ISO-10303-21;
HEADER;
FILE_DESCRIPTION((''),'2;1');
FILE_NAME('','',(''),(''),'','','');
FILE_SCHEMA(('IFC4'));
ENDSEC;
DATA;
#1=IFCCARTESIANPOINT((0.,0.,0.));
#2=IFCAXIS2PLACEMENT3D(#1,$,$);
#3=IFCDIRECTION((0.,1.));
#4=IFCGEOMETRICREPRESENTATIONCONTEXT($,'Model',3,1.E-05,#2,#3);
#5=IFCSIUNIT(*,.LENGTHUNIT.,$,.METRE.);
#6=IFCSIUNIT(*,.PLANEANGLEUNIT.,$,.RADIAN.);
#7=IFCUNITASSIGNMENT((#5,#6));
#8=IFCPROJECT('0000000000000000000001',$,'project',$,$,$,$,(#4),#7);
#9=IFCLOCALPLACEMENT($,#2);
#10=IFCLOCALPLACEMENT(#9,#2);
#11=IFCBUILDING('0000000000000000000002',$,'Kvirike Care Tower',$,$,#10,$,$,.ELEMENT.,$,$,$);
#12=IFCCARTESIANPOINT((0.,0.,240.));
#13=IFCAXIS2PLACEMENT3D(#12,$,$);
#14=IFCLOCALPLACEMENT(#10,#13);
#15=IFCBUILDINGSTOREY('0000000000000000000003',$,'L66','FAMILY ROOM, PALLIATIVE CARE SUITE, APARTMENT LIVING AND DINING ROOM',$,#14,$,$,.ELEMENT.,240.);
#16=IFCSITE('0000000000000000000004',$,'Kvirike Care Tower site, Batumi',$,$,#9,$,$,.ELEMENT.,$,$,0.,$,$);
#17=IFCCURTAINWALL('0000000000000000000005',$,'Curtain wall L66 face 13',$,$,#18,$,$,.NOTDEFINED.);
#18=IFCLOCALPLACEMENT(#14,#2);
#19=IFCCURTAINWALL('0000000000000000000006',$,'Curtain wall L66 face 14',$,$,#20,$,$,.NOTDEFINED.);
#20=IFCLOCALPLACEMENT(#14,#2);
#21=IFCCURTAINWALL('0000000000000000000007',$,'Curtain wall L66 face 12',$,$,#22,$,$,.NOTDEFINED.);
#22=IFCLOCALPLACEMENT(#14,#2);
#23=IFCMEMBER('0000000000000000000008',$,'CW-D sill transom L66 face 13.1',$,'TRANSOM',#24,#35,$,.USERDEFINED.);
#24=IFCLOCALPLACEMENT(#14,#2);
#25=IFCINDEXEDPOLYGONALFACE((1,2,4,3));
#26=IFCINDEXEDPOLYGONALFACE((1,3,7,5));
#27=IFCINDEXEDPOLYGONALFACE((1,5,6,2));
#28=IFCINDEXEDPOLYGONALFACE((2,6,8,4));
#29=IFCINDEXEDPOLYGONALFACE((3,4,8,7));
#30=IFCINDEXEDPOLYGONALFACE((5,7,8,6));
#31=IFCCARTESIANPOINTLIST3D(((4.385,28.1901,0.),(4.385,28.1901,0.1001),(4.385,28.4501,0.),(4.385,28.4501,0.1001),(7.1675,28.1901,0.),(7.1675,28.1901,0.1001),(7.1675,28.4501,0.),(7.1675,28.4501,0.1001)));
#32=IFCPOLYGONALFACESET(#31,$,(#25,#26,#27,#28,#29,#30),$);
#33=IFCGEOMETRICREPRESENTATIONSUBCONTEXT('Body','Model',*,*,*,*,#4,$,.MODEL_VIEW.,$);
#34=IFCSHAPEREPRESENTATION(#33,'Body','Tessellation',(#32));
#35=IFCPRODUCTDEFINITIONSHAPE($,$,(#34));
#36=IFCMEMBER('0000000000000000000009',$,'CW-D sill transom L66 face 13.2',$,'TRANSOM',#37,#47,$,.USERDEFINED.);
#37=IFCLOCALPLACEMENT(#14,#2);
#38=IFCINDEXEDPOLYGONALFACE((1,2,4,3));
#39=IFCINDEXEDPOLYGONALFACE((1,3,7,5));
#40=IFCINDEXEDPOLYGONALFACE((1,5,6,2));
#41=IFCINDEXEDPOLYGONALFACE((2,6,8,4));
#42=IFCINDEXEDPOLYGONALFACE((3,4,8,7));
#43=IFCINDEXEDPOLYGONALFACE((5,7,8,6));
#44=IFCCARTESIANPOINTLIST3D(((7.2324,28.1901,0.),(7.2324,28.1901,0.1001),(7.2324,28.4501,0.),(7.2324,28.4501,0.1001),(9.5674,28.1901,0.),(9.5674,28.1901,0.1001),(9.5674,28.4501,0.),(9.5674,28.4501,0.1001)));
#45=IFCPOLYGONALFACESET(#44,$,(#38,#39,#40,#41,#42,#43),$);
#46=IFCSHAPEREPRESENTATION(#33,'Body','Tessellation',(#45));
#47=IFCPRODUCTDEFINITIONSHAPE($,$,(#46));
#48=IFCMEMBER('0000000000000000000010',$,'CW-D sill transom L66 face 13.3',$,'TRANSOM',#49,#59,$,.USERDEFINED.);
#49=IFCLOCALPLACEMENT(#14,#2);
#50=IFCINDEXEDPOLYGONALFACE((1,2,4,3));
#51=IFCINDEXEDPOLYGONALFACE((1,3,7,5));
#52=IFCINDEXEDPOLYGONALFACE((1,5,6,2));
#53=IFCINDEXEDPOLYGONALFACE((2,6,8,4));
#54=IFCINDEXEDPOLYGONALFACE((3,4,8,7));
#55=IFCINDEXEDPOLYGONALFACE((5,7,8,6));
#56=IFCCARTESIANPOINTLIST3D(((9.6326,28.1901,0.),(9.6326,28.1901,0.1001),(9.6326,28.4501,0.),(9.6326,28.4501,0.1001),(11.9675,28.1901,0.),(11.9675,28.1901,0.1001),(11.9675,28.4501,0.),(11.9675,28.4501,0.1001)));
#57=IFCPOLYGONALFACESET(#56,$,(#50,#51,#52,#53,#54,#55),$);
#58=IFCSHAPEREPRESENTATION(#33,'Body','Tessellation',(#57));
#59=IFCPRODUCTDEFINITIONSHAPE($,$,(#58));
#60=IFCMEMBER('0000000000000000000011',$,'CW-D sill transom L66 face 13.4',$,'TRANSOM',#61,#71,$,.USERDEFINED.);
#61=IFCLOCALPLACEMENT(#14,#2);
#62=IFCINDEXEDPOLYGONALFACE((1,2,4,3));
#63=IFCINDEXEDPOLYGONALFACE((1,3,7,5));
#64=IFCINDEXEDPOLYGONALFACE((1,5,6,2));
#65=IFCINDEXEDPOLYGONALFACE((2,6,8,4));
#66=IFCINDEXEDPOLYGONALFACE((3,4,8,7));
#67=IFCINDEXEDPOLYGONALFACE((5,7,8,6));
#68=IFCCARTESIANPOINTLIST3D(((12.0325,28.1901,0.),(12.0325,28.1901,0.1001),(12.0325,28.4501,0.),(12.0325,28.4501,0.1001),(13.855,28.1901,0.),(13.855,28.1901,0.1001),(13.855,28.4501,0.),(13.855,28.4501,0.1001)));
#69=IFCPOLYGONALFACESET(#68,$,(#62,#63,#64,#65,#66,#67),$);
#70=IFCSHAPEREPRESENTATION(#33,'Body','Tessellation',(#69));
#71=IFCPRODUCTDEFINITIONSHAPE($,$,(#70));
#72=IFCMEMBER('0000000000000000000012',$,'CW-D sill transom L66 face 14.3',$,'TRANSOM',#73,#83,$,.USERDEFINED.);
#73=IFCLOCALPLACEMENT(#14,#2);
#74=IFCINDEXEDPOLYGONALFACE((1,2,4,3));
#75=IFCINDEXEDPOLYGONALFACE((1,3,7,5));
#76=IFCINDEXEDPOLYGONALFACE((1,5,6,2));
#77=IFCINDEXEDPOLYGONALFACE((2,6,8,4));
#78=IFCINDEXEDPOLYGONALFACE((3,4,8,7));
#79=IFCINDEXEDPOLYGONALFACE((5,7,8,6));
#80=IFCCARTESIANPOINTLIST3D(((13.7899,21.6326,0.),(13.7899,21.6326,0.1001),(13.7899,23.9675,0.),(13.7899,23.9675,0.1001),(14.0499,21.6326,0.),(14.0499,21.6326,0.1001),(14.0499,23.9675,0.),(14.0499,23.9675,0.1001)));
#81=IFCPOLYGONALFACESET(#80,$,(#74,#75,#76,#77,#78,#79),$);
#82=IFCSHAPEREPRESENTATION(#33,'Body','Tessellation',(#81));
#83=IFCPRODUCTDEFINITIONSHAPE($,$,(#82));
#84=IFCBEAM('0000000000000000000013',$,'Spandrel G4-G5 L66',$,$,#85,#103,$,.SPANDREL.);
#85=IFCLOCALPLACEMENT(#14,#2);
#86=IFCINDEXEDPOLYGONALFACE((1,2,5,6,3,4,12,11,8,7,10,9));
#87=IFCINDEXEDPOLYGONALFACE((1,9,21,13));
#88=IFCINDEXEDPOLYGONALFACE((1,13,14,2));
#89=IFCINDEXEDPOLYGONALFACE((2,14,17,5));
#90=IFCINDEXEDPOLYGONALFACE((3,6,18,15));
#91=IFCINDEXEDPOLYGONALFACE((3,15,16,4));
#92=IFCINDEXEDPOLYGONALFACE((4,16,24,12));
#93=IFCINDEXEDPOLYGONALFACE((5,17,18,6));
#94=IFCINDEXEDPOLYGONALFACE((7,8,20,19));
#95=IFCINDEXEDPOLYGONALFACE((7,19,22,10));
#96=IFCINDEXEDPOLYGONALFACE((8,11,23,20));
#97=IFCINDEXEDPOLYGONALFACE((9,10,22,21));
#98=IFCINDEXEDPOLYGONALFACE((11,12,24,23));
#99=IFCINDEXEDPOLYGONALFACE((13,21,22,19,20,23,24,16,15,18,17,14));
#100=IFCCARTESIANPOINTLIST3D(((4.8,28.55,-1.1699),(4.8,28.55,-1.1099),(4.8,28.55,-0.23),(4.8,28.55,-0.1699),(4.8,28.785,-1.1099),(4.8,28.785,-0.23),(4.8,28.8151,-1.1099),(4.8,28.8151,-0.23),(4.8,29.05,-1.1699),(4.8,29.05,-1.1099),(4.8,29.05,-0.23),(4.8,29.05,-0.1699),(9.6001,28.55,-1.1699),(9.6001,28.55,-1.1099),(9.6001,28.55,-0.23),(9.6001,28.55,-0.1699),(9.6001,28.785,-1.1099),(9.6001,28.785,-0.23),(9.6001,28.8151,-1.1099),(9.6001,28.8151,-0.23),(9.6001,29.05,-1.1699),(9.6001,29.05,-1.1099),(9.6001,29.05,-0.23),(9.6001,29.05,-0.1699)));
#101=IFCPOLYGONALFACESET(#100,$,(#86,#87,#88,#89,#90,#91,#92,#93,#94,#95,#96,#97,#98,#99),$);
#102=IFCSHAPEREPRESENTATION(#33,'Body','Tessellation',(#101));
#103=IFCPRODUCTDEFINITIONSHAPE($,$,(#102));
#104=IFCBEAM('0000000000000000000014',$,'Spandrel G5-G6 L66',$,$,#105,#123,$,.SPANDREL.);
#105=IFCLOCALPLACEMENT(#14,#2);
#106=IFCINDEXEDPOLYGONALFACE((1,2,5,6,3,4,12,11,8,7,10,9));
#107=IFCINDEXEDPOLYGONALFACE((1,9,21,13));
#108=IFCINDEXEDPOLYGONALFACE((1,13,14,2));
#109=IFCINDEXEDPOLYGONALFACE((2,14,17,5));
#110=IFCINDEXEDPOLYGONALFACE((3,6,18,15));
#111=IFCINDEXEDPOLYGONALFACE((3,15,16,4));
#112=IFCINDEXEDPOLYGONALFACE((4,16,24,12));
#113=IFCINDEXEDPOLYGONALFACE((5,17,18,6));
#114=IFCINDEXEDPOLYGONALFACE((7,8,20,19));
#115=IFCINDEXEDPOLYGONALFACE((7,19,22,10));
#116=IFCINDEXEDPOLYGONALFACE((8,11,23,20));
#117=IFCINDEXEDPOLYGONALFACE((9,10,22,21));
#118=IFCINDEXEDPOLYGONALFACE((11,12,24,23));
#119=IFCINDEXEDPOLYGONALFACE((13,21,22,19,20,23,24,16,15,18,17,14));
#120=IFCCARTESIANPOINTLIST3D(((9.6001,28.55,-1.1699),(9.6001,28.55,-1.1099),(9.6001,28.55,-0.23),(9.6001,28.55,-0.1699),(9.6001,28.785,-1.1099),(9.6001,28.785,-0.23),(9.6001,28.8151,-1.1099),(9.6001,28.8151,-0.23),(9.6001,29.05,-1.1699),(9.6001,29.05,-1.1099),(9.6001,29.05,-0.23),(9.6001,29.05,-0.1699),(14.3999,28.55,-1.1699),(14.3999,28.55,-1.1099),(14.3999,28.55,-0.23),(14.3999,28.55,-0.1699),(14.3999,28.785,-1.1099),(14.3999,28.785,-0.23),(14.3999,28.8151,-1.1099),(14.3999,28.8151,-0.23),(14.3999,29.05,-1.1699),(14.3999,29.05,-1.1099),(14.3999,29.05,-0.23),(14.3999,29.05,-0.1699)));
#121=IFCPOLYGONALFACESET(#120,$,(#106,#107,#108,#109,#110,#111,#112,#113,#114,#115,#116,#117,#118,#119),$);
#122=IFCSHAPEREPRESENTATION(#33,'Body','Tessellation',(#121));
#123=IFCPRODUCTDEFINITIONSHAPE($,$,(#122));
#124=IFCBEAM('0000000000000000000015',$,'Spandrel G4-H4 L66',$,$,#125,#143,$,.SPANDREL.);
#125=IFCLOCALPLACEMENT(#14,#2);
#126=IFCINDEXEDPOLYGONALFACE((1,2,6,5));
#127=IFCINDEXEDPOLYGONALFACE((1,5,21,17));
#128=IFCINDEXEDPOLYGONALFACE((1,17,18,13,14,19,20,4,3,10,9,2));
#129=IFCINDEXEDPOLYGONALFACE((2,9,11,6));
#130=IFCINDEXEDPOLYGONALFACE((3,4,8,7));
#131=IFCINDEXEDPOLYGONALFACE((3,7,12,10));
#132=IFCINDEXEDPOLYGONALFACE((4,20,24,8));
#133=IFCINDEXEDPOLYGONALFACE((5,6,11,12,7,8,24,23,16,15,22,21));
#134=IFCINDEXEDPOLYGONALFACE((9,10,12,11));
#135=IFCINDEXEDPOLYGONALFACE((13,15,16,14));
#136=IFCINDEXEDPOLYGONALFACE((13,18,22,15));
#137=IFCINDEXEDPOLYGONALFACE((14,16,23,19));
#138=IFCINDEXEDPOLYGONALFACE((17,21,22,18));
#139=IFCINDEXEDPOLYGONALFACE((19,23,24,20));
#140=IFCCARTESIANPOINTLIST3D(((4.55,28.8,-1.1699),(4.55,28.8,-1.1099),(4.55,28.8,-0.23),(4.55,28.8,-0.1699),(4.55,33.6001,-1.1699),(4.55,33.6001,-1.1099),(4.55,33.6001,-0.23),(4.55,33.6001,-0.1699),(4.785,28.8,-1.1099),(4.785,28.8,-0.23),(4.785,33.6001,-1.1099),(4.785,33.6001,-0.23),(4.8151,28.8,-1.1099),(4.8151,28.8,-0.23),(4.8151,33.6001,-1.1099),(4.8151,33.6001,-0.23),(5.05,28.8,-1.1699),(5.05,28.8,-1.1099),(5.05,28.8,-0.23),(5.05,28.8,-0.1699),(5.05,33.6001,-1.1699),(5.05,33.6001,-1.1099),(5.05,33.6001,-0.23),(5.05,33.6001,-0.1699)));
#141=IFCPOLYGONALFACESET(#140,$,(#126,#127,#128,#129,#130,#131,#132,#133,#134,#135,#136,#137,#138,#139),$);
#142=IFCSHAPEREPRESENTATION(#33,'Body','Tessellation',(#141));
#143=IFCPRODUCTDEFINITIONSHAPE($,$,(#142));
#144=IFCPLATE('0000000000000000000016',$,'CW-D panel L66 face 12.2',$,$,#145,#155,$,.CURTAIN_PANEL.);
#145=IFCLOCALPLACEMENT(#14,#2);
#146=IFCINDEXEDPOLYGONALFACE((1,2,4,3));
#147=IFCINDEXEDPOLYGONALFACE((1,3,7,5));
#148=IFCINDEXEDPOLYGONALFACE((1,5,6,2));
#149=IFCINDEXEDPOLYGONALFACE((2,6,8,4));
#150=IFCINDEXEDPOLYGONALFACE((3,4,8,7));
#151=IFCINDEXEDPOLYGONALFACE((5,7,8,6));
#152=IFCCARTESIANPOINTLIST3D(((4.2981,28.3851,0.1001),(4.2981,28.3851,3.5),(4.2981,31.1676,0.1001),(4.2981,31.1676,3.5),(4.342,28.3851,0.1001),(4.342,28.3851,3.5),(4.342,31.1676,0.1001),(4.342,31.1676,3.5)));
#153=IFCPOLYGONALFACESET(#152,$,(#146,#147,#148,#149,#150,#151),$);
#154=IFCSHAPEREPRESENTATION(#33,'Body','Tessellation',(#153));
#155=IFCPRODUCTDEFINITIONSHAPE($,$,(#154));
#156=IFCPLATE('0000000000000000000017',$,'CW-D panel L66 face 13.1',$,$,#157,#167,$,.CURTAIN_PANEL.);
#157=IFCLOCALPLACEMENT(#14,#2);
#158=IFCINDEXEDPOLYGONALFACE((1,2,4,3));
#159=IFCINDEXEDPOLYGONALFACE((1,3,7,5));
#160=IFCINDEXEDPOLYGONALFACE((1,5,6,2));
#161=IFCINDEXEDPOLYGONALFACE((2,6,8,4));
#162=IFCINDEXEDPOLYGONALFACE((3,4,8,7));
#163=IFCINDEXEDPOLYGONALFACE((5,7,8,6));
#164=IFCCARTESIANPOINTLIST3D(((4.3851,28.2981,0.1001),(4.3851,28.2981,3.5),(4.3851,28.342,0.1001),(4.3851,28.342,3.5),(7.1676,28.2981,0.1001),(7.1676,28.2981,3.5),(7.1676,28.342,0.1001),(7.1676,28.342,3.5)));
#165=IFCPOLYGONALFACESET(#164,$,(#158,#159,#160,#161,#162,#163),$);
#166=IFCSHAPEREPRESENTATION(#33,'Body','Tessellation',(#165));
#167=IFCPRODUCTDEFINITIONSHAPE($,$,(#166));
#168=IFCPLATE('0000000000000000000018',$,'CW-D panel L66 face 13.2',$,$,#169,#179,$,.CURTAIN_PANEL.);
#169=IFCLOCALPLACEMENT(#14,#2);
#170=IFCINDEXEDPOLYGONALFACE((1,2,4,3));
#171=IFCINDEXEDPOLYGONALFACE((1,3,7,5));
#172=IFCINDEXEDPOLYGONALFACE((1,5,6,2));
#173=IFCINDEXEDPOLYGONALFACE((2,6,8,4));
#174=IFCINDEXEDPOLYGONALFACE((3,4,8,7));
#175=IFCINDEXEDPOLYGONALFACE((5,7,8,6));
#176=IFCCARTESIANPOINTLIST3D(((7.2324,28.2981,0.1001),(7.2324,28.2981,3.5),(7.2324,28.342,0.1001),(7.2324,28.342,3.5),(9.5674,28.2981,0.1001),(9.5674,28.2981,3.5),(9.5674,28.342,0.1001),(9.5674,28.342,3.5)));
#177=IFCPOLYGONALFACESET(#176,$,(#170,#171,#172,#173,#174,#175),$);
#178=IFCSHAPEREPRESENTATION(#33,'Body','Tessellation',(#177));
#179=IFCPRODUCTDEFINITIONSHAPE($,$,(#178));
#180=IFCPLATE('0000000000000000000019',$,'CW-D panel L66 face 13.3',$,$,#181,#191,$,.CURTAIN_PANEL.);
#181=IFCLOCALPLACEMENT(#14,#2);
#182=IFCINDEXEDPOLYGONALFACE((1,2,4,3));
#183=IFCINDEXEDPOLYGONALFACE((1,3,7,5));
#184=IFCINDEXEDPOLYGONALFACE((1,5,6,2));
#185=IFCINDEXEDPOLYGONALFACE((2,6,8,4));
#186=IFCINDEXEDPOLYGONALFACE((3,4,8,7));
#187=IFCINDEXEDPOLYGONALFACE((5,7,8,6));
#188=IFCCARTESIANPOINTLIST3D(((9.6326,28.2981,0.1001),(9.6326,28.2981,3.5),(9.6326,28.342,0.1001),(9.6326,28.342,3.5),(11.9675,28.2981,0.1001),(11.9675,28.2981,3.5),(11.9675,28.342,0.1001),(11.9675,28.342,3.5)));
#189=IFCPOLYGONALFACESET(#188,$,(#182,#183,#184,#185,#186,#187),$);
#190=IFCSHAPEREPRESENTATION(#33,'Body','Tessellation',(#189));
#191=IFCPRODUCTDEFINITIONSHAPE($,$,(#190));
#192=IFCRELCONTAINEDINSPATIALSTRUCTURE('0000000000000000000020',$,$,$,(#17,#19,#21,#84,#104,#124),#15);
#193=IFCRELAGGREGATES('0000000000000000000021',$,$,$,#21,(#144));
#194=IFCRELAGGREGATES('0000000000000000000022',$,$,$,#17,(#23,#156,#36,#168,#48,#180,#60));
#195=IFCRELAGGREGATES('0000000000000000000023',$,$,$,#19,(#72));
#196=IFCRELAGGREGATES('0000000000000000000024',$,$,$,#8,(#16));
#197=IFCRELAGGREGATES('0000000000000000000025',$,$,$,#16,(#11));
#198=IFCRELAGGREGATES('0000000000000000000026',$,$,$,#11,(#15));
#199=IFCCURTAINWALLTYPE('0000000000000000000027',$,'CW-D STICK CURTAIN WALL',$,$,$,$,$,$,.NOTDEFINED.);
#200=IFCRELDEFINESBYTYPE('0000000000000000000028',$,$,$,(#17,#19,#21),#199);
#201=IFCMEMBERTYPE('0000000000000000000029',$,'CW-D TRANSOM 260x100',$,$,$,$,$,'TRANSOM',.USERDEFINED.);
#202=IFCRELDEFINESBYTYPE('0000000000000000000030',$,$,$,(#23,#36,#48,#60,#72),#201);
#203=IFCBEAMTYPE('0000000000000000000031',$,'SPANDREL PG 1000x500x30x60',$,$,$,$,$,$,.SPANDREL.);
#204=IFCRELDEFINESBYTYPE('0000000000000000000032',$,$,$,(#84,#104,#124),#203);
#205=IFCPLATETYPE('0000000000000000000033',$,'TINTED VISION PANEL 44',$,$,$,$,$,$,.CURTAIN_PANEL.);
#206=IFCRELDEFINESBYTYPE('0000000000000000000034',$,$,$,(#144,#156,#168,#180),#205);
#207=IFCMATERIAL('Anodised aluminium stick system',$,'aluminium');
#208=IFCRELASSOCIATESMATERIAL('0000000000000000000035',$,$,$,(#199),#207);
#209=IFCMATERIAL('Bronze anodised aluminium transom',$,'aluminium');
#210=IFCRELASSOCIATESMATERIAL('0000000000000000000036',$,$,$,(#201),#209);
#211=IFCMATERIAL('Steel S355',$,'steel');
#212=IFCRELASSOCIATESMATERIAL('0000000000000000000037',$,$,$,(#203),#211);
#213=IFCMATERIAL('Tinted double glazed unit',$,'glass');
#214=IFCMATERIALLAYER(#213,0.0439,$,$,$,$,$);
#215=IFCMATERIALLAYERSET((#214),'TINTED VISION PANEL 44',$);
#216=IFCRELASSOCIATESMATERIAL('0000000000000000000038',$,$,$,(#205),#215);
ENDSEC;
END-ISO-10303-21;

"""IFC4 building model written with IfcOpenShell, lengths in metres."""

from ifc_helpers import new_model, si_unit, direction, frame, origin, origin_2d, place, context, subcontext, project, spatial, rectangle, i_section, extrude, material, layer, layer_set, material_profile, profile_set, type_object, element, aggregate, save


model = new_model("IFC4")

# Units and contexts
model_context = context("Model", 3, precision=1e-05, world=origin(), true_north=direction((0.0, 1.0)))
body_context = subcontext(model_context, "Body", "Model", "MODEL_VIEW")
ifc_project = project(units=[si_unit("LENGTHUNIT", "METRE"), si_unit("PLANEANGLEUNIT", "RADIAN")], contexts=[model_context])

# Site, building, storey
site_placement = place(None, origin())
site = spatial("IfcSite", under=ifc_project, at=site_placement, Name="Kvirike Care Tower site, Batumi", CompositionType="ELEMENT", RefElevation=0.0)
building_placement = place(site_placement, origin())
building = spatial("IfcBuilding", under=site, at=building_placement, Name="Kvirike Care Tower", CompositionType="ELEMENT")
storey_placement = place(building_placement, frame((0.0, 0.0, 240.0)))
storey = spatial("IfcBuildingStorey", under=building, at=storey_placement, Name="L66", Description="FAMILY ROOM, PALLIATIVE CARE SUITE, APARTMENT LIVING AND DINING ROOM", CompositionType="ELEMENT", Elevation=240.0)

# Curtain walls
ifc_material_1 = material(Name="Anodised aluminium stick system", Category="aluminium")
curtain_wall_type = type_object("IfcCurtainWallType", Name="CW-D STICK CURTAIN WALL", PredefinedType="NOTDEFINED", material=ifc_material_1)
curtain_wall_1_placement = place(storey_placement, origin())
curtain_wall_1 = element("IfcCurtainWall", 1, at=curtain_wall_1_placement, inside=storey, type_object=curtain_wall_type, Name="Curtain wall L66 face 13", PredefinedType="NOTDEFINED")
curtain_wall_2_placement = place(storey_placement, origin())
curtain_wall_2 = element("IfcCurtainWall", 2, at=curtain_wall_2_placement, inside=storey, type_object=curtain_wall_type, Name="Curtain wall L66 face 14", PredefinedType="NOTDEFINED")
curtain_wall_3_placement = place(storey_placement, origin())
curtain_wall_3 = element("IfcCurtainWall", 3, at=curtain_wall_3_placement, inside=storey, type_object=curtain_wall_type, Name="Curtain wall L66 face 12", PredefinedType="NOTDEFINED")

# Members
ifc_material_2 = material(Name="Bronze anodised aluminium transom", Category="aluminium")
ifc_material_profile_1 = material_profile(ifc_material_2, rectangle(XDim=0.26, YDim=0.1001, at=origin_2d()), Name="CW-D TRANSOM 260x100")
ifc_profile_set_1 = profile_set([ifc_material_profile_1], Name="Bronze anodised aluminium transom")
member_type_1 = type_object("IfcMemberType", Name="CW-D TRANSOM 260x100", ElementType="TRANSOM", PredefinedType="USERDEFINED", material=ifc_profile_set_1)
member_1_placement = place(storey_placement, frame((4.385, 28.3201, 0.05), z_axis=(1.0, 0.0, 0.0), x_axis=(0.0, 1.0, 0.0)))
member_1 = element("IfcMember", 4, at=member_1_placement, type_object=member_type_1, Name="CW-D sill transom L66 face 13.1", ObjectType="TRANSOM", PredefinedType="USERDEFINED", context=body_context, shape_type="SweptSolid", body=[
    extrude(rectangle(XDim=0.26, YDim=0.1001, at=origin_2d()), origin(), (0.0, 0.0, 1.0), 2.7825),
])
member_2_placement = place(storey_placement, frame((7.2324, 28.3201, 0.05), z_axis=(1.0, 0.0, 0.0), x_axis=(0.0, 1.0, 0.0)))
member_2 = element("IfcMember", 5, at=member_2_placement, type_object=member_type_1, Name="CW-D sill transom L66 face 13.2", ObjectType="TRANSOM", PredefinedType="USERDEFINED", context=body_context, shape_type="SweptSolid", body=[
    extrude(rectangle(XDim=0.26, YDim=0.1001, at=origin_2d()), origin(), (0.0, 0.0, 1.0), 2.335),
])
member_3_placement = place(storey_placement, frame((9.6326, 28.3201, 0.05), z_axis=(1.0, 0.0, 0.0), x_axis=(0.0, 1.0, 0.0)))
member_3 = element("IfcMember", 6, at=member_3_placement, type_object=member_type_1, Name="CW-D sill transom L66 face 13.3", ObjectType="TRANSOM", PredefinedType="USERDEFINED", context=body_context, shape_type="SweptSolid", body=[
    extrude(rectangle(XDim=0.26, YDim=0.1001, at=origin_2d()), origin(), (0.0, 0.0, 1.0), 2.335),
])
member_4_placement = place(storey_placement, frame((12.0325, 28.3201, 0.05), z_axis=(1.0, 0.0, 0.0), x_axis=(0.0, 1.0, 0.0)))
member_4 = element("IfcMember", 7, at=member_4_placement, type_object=member_type_1, Name="CW-D sill transom L66 face 13.4", ObjectType="TRANSOM", PredefinedType="USERDEFINED", context=body_context, shape_type="SweptSolid", body=[
    extrude(rectangle(XDim=0.26, YDim=0.1001, at=origin_2d()), origin(), (0.0, 0.0, 1.0), 1.8225),
])
member_5_placement = place(storey_placement, frame((13.9199, 23.9675, 0.05), z_axis=(0.0, -1.0, 0.0), x_axis=(1.0, 0.0, 0.0)))
member_5 = element("IfcMember", 8, at=member_5_placement, type_object=member_type_1, Name="CW-D sill transom L66 face 14.3", ObjectType="TRANSOM", PredefinedType="USERDEFINED", context=body_context, shape_type="SweptSolid", body=[
    extrude(rectangle(XDim=0.26, YDim=0.1001, at=origin_2d()), origin(), (0.0, 0.0, 1.0), 2.335),
])

# Beams
ifc_material_3 = material(Name="Steel S355", Category="steel")
ifc_material_profile_2 = material_profile(ifc_material_3, i_section(OverallWidth=0.5, OverallDepth=1.0, WebThickness=0.03, FlangeThickness=0.0601, at=origin_2d()), Name="PG 1000x500x30x60")
ifc_profile_set_2 = profile_set([ifc_material_profile_2], Name="Steel S355")
beam_type = type_object("IfcBeamType", Name="SPANDREL PG 1000x500x30x60", PredefinedType="SPANDREL", material=ifc_profile_set_2)
beam_1_placement = place(storey_placement, frame((4.8, 28.8, -0.6699), z_axis=(1.0, 0.0, 0.0), x_axis=(0.0, 1.0, 0.0)))
element("IfcBeam", 9, at=beam_1_placement, inside=storey, type_object=beam_type, Name="Spandrel G4-G5 L66", PredefinedType="SPANDREL", context=body_context, shape_type="SweptSolid", body=[
    extrude(i_section(OverallWidth=0.5, OverallDepth=1.0, WebThickness=0.03, FlangeThickness=0.0601, at=origin_2d()), origin(), (0.0, 0.0, 1.0), 4.8),
])
beam_2_placement = place(storey_placement, frame((9.6001, 28.8, -0.6699), z_axis=(1.0, 0.0, 0.0), x_axis=(0.0, 1.0, 0.0)))
element("IfcBeam", 10, at=beam_2_placement, inside=storey, type_object=beam_type, Name="Spandrel G5-G6 L66", PredefinedType="SPANDREL", context=body_context, shape_type="SweptSolid", body=[
    extrude(i_section(OverallWidth=0.5, OverallDepth=1.0, WebThickness=0.03, FlangeThickness=0.0601, at=origin_2d()), origin(), (0.0, 0.0, 1.0), 4.7998),
])
beam_3_placement = place(storey_placement, frame((4.8, 28.8, -0.6699), z_axis=(0.0, 1.0, 0.0), x_axis=(-1.0, 0.0, 0.0)))
element("IfcBeam", 11, at=beam_3_placement, inside=storey, type_object=beam_type, Name="Spandrel G4-H4 L66", PredefinedType="SPANDREL", context=body_context, shape_type="SweptSolid", body=[
    extrude(i_section(OverallWidth=0.5, OverallDepth=1.0, WebThickness=0.03, FlangeThickness=0.0601, at=origin_2d()), origin(), (0.0, 0.0, 1.0), 4.8),
])

# Plates
ifc_material_4 = material(Name="Tinted double glazed unit", Category="glass")
ifc_layer = layer(ifc_material_4, 0.0439)
ifc_layer_set = layer_set([ifc_layer], Name="TINTED VISION PANEL 44")
plate_type = type_object("IfcPlateType", Name="TINTED VISION PANEL 44", PredefinedType="CURTAIN_PANEL", material=ifc_layer_set)
plate_1_placement = place(storey_placement, frame((4.3201, 29.7764, 0.1001), z_axis=(0.0, 0.0, 1.0), x_axis=(0.0, -1.0, 0.0)))
plate_1 = element("IfcPlate", 12, at=plate_1_placement, type_object=plate_type, Name="CW-D panel L66 face 12.2", PredefinedType="CURTAIN_PANEL", context=body_context, shape_type="SweptSolid", body=[
    extrude(rectangle(XDim=2.7825, YDim=0.0439, at=origin_2d()), origin(), (0.0, 0.0, 1.0), 3.3999),
])
aggregate(curtain_wall_3, [plate_1])
plate_2_placement = place(storey_placement, frame((5.7764, 28.3201, 0.1001), z_axis=(0.0, 0.0, 1.0), x_axis=(1.0, 0.0, 0.0)))
plate_2 = element("IfcPlate", 13, at=plate_2_placement, type_object=plate_type, Name="CW-D panel L66 face 13.1", PredefinedType="CURTAIN_PANEL", context=body_context, shape_type="SweptSolid", body=[
    extrude(rectangle(XDim=2.7825, YDim=0.0439, at=origin_2d()), origin(), (0.0, 0.0, 1.0), 3.3999),
])
plate_3_placement = place(storey_placement, frame((8.3999, 28.3201, 0.1001), z_axis=(0.0, 0.0, 1.0), x_axis=(1.0, 0.0, 0.0)))
plate_3 = element("IfcPlate", 14, at=plate_3_placement, type_object=plate_type, Name="CW-D panel L66 face 13.2", PredefinedType="CURTAIN_PANEL", context=body_context, shape_type="SweptSolid", body=[
    extrude(rectangle(XDim=2.335, YDim=0.0439, at=origin_2d()), origin(), (0.0, 0.0, 1.0), 3.3999),
])
plate_4_placement = place(storey_placement, frame((10.8, 28.3201, 0.1001), z_axis=(0.0, 0.0, 1.0), x_axis=(1.0, 0.0, 0.0)))
plate_4 = element("IfcPlate", 15, at=plate_4_placement, type_object=plate_type, Name="CW-D panel L66 face 13.3", PredefinedType="CURTAIN_PANEL", context=body_context, shape_type="SweptSolid", body=[
    extrude(rectangle(XDim=2.335, YDim=0.0439, at=origin_2d()), origin(), (0.0, 0.0, 1.0), 3.3999),
])
aggregate(curtain_wall_1, [member_1, plate_2, member_2, plate_3, member_3, plate_4, member_4])
aggregate(curtain_wall_2, [member_5])

save(model, "model.ifc")
